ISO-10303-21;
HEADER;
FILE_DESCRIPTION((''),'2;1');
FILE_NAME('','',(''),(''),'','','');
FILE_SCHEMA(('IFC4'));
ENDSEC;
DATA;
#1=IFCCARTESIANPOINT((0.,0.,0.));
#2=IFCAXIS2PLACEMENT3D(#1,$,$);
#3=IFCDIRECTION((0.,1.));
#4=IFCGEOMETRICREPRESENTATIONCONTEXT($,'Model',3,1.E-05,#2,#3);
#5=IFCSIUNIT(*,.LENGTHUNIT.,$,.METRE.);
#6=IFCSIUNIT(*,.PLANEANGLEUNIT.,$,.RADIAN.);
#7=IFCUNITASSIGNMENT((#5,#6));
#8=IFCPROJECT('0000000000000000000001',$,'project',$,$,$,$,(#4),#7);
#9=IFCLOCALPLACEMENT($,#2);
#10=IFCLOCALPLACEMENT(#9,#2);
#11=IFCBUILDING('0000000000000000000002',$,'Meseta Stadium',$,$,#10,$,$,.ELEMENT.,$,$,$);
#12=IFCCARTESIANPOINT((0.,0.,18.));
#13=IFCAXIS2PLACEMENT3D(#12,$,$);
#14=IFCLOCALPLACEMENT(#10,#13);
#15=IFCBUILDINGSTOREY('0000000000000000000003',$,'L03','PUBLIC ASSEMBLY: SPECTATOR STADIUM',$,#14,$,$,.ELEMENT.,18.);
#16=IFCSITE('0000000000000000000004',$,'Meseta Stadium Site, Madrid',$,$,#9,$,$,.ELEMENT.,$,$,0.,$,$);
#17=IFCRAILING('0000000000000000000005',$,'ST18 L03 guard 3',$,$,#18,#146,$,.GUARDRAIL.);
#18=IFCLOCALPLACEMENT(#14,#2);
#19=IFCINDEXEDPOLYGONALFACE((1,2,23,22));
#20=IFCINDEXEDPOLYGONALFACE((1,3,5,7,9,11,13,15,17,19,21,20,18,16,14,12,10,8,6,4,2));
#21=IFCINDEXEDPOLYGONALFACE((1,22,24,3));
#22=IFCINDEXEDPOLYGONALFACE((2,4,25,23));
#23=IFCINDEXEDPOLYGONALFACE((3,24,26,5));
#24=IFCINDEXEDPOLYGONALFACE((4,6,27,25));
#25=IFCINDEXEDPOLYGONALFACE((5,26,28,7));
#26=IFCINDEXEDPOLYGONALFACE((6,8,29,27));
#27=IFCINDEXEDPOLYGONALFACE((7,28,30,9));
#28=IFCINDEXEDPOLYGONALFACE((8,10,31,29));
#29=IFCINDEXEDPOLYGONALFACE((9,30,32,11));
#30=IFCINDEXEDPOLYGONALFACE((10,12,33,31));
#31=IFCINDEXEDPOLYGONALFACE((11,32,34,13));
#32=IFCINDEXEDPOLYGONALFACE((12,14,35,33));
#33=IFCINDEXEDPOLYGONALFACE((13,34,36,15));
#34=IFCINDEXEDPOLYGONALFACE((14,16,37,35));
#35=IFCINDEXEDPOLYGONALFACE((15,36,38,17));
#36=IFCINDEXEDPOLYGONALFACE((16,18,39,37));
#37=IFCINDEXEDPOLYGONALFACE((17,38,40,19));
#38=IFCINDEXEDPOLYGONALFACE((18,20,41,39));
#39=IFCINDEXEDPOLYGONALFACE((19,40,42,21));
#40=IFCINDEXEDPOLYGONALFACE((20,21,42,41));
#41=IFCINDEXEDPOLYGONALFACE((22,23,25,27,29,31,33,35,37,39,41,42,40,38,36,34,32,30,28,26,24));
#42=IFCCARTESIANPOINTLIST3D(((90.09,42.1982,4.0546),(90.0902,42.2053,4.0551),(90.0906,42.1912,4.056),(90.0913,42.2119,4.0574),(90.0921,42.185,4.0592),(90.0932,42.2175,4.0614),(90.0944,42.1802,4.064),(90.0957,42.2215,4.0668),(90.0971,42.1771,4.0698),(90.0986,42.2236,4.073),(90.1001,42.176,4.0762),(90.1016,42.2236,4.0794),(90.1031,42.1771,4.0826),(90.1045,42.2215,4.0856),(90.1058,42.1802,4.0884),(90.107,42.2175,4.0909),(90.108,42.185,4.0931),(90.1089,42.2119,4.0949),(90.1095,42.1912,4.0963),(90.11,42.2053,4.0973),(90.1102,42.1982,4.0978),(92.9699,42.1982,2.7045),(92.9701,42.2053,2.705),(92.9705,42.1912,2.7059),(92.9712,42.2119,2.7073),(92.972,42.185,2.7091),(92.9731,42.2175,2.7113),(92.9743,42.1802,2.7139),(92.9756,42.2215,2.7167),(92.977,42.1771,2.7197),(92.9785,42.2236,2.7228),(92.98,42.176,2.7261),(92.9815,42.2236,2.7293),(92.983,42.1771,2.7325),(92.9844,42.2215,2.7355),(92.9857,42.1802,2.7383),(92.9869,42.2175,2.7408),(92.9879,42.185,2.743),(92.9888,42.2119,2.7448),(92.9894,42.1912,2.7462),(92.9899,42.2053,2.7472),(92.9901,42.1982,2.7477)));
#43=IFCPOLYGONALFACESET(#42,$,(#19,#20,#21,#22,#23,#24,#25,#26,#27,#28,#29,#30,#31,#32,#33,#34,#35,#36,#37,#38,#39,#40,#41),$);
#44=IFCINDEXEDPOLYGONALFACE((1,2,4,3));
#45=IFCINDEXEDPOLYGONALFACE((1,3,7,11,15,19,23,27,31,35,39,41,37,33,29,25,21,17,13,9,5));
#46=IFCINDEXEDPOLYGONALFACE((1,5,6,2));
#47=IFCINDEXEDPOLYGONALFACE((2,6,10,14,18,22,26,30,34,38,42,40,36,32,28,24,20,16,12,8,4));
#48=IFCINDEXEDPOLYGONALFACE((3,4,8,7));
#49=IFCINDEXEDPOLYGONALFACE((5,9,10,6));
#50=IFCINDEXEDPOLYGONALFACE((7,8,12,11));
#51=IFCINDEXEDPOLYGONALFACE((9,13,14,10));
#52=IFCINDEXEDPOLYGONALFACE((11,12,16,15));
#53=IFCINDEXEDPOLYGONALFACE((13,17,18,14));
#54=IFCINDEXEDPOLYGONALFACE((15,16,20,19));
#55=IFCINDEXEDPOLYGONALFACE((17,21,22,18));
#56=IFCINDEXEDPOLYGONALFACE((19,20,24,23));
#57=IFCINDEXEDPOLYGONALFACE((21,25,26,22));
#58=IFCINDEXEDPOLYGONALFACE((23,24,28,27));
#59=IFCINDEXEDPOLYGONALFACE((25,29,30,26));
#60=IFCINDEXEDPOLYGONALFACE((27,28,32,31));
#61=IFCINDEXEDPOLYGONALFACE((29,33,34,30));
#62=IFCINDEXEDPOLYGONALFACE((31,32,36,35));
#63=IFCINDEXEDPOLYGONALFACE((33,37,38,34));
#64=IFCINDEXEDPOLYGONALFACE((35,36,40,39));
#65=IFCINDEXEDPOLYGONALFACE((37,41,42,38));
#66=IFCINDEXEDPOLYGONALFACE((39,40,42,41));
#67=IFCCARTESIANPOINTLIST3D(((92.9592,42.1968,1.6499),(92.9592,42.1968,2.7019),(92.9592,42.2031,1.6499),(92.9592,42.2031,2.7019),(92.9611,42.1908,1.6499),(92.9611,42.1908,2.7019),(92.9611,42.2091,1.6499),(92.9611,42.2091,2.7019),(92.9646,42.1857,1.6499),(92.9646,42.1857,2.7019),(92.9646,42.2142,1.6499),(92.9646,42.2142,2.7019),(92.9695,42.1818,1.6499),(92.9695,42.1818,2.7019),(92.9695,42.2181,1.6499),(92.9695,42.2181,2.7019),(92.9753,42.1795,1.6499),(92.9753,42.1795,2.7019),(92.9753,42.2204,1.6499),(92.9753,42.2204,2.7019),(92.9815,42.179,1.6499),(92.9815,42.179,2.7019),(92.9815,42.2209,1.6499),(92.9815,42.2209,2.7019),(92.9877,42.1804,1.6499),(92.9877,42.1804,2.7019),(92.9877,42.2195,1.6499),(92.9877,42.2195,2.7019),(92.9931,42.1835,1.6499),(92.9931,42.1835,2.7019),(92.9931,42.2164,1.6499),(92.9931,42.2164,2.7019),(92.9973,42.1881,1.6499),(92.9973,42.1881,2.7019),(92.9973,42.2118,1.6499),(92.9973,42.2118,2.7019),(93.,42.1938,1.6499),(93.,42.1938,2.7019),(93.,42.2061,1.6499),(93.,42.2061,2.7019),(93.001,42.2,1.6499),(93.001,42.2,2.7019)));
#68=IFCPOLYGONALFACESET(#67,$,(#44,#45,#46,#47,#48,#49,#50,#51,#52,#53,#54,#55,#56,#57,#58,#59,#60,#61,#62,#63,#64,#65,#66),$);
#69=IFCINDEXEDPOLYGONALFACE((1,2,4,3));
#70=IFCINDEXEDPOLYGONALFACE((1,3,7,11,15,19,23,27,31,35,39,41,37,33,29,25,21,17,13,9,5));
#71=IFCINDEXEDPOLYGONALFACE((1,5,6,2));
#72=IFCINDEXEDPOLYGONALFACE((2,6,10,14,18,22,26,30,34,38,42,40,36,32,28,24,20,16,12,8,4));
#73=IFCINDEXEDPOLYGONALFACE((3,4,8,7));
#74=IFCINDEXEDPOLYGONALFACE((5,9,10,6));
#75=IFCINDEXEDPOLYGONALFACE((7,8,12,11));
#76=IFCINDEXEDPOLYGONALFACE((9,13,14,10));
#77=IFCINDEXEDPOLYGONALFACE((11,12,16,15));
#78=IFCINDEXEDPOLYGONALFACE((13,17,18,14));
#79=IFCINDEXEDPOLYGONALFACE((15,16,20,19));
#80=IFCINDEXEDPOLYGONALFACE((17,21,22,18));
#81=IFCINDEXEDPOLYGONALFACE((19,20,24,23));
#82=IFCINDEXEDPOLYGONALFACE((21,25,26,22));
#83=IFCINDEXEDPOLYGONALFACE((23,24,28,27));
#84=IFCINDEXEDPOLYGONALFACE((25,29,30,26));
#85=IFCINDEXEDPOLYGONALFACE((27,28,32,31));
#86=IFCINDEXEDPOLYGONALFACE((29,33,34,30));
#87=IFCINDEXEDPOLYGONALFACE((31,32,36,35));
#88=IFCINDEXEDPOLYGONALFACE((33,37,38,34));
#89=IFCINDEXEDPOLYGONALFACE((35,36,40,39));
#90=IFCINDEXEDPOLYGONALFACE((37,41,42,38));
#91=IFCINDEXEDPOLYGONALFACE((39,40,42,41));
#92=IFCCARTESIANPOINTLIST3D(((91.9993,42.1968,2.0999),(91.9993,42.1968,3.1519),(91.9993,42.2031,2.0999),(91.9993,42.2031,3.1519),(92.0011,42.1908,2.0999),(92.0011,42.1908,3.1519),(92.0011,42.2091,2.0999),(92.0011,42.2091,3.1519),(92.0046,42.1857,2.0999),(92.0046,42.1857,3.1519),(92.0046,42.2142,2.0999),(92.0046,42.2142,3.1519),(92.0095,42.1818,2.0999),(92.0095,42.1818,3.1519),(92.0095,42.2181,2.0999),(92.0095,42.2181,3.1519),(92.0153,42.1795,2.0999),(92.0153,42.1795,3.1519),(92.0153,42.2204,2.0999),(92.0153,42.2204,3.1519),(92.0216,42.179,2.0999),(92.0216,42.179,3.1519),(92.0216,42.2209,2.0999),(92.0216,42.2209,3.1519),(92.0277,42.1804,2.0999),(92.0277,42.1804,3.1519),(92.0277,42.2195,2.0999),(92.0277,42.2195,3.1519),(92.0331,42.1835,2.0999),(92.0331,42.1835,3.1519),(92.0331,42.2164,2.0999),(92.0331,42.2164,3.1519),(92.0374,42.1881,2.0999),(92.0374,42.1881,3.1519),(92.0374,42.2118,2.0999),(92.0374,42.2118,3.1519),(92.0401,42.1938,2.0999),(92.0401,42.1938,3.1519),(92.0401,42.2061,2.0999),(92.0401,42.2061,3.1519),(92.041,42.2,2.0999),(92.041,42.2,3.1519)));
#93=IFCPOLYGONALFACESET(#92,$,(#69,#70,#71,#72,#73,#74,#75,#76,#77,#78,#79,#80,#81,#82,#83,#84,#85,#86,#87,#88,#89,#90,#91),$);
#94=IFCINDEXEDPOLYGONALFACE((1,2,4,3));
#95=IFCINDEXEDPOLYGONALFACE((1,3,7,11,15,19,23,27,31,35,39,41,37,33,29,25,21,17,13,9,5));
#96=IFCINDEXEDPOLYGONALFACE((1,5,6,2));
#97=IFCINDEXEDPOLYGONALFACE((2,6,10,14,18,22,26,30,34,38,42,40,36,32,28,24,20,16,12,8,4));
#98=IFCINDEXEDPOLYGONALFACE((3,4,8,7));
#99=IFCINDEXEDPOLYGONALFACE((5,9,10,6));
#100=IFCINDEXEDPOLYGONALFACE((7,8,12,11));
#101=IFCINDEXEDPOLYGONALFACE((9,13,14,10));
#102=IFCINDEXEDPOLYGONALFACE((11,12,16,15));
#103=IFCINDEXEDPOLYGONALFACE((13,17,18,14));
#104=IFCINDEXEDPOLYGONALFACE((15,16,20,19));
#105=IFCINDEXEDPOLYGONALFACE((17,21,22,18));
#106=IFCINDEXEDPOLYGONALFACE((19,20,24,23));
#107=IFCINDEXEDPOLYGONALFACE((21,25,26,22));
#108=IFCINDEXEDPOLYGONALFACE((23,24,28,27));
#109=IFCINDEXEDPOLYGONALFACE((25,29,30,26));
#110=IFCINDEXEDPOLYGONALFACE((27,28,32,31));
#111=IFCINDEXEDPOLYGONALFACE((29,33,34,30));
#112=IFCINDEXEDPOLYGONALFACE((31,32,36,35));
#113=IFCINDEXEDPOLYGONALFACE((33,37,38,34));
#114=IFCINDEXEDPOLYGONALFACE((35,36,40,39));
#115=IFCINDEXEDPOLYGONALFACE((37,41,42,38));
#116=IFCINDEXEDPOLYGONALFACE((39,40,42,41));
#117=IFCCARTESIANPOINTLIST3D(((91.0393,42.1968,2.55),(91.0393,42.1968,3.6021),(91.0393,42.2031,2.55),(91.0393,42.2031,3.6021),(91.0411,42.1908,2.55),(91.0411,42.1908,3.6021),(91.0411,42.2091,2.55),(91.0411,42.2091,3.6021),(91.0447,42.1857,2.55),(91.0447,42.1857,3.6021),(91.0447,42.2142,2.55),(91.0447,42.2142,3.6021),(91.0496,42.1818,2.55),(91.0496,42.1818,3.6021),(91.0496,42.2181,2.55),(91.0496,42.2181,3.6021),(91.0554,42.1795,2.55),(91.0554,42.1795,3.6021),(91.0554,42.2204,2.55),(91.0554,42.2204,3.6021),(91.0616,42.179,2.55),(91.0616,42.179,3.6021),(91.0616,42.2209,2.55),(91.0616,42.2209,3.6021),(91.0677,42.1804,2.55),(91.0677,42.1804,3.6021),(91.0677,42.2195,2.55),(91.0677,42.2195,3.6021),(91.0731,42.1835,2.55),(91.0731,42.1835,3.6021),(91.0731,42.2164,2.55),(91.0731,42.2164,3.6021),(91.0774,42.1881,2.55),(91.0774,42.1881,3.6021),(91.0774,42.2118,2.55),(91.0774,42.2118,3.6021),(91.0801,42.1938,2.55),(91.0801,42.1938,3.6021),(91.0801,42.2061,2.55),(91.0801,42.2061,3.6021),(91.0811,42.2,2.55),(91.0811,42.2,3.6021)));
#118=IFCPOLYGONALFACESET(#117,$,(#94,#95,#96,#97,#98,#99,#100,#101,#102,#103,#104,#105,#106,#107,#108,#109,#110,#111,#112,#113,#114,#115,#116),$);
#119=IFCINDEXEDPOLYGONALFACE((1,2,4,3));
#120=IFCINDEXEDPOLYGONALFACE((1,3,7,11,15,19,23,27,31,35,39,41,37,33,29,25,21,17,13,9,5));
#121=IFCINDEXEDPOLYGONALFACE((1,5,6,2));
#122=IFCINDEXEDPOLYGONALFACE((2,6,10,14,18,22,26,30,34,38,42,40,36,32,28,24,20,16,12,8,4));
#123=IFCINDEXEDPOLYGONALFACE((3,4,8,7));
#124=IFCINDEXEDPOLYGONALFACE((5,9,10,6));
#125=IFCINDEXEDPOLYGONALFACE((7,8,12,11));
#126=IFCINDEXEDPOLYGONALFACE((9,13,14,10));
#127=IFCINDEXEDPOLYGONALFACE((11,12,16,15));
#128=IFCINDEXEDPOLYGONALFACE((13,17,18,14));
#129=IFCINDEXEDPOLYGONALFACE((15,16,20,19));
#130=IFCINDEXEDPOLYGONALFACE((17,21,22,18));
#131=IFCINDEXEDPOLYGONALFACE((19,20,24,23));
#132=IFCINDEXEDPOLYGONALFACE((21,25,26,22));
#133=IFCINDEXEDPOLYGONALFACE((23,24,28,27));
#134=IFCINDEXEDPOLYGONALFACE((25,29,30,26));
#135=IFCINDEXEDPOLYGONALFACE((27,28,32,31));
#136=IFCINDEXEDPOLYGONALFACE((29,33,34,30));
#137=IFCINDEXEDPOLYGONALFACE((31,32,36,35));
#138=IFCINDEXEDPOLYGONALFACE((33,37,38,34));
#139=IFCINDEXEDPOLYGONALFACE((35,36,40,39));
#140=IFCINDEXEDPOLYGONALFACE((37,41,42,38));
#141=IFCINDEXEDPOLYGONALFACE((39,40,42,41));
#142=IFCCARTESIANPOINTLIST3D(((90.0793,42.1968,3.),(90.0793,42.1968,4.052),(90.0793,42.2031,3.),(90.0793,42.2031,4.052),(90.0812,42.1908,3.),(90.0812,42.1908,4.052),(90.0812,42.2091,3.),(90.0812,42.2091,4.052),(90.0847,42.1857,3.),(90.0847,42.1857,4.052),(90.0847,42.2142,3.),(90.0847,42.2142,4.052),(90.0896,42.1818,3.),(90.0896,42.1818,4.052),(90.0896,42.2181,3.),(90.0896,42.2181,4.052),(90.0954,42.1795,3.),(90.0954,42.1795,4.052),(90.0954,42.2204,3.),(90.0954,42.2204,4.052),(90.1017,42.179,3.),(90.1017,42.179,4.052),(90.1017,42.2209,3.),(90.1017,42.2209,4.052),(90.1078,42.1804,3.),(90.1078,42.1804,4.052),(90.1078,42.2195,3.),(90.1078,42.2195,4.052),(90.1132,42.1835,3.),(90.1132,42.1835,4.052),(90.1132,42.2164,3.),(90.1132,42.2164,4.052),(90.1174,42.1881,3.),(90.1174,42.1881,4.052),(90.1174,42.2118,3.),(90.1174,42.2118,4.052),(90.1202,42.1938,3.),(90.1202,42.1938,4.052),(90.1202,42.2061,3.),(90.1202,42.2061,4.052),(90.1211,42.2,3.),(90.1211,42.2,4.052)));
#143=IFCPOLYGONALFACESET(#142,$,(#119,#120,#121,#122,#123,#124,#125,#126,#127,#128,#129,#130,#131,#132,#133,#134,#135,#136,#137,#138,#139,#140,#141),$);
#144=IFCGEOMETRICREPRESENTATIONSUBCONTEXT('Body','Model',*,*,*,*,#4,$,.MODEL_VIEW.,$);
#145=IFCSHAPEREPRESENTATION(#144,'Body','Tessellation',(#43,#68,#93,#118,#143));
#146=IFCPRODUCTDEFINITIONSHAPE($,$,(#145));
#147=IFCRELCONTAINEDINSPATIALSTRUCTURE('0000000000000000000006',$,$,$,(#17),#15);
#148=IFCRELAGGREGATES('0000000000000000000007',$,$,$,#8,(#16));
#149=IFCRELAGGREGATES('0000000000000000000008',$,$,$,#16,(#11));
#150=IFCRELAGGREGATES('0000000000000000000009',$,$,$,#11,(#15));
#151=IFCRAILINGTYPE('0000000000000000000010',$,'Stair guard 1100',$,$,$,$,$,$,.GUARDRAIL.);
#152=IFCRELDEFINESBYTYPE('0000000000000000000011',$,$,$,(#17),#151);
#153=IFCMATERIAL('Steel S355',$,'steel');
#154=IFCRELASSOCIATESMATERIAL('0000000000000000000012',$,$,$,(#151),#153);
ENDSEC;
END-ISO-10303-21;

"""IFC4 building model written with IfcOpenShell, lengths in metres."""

from ifc_helpers import new_model, si_unit, direction, frame, origin, origin_2d, place, context, subcontext, project, spatial, circle, extrude, material, type_object, element, save


model = new_model("IFC4")

# Units and contexts
model_context = context("Model", 3, precision=1e-05, world=origin(), true_north=direction((0.0, 1.0)))
body_context = subcontext(model_context, "Body", "Model", "MODEL_VIEW")
ifc_project = project(units=[si_unit("LENGTHUNIT", "METRE"), si_unit("PLANEANGLEUNIT", "RADIAN")], contexts=[model_context])

# Site, building, storey
site_placement = place(None, origin())
site = spatial("IfcSite", under=ifc_project, at=site_placement, Name="Meseta Stadium Site, Madrid", CompositionType="ELEMENT", RefElevation=0.0)
building_placement = place(site_placement, origin())
building = spatial("IfcBuilding", under=site, at=building_placement, Name="Meseta Stadium", CompositionType="ELEMENT")
storey_placement = place(building_placement, frame((0.0, 0.0, 18.0)))
storey = spatial("IfcBuildingStorey", under=building, at=storey_placement, Name="L03", Description="PUBLIC ASSEMBLY: SPECTATOR STADIUM", CompositionType="ELEMENT", Elevation=18.0)

# Railing
ifc_material_1 = material(Name="Steel S355", Category="steel")
railing_type_1 = type_object("IfcRailingType", Name="Stair guard 1100", PredefinedType="GUARDRAIL", material=ifc_material_1)
railing_1_placement = place(storey_placement, frame((92.98, 42.2, 1.6499)))
element("IfcRailing", 1, at=railing_1_placement, inside=storey, type_object=railing_type_1, Name="ST18 L03 guard 3", PredefinedType="GUARDRAIL", context=body_context, shape_type="SweptSolid", body=[
    extrude(circle(Radius=0.0239, at=origin_2d()), frame((0.0, 0.0, 1.0762), z_axis=(-0.90544, 0.0, 0.424473), x_axis=(0.0, -1.0, 0.0)), (0.0, 0.0, 1.0), 3.1807),
    extrude(circle(Radius=0.021, at=origin_2d()), origin(), (0.0, 0.0, 1.0), 1.052),
    extrude(circle(Radius=0.021, at=origin_2d()), frame((-0.96, 0.0, 0.45)), (0.0, 0.0, 1.0), 1.052),
    extrude(circle(Radius=0.021, at=origin_2d()), frame((-1.9199, 0.0, 0.9001)), (0.0, 0.0, 1.0), 1.052),
    extrude(circle(Radius=0.021, at=origin_2d()), frame((-2.8799, 0.0, 1.3501)), (0.0, 0.0, 1.0), 1.052),
])

save(model, "model.ifc")
